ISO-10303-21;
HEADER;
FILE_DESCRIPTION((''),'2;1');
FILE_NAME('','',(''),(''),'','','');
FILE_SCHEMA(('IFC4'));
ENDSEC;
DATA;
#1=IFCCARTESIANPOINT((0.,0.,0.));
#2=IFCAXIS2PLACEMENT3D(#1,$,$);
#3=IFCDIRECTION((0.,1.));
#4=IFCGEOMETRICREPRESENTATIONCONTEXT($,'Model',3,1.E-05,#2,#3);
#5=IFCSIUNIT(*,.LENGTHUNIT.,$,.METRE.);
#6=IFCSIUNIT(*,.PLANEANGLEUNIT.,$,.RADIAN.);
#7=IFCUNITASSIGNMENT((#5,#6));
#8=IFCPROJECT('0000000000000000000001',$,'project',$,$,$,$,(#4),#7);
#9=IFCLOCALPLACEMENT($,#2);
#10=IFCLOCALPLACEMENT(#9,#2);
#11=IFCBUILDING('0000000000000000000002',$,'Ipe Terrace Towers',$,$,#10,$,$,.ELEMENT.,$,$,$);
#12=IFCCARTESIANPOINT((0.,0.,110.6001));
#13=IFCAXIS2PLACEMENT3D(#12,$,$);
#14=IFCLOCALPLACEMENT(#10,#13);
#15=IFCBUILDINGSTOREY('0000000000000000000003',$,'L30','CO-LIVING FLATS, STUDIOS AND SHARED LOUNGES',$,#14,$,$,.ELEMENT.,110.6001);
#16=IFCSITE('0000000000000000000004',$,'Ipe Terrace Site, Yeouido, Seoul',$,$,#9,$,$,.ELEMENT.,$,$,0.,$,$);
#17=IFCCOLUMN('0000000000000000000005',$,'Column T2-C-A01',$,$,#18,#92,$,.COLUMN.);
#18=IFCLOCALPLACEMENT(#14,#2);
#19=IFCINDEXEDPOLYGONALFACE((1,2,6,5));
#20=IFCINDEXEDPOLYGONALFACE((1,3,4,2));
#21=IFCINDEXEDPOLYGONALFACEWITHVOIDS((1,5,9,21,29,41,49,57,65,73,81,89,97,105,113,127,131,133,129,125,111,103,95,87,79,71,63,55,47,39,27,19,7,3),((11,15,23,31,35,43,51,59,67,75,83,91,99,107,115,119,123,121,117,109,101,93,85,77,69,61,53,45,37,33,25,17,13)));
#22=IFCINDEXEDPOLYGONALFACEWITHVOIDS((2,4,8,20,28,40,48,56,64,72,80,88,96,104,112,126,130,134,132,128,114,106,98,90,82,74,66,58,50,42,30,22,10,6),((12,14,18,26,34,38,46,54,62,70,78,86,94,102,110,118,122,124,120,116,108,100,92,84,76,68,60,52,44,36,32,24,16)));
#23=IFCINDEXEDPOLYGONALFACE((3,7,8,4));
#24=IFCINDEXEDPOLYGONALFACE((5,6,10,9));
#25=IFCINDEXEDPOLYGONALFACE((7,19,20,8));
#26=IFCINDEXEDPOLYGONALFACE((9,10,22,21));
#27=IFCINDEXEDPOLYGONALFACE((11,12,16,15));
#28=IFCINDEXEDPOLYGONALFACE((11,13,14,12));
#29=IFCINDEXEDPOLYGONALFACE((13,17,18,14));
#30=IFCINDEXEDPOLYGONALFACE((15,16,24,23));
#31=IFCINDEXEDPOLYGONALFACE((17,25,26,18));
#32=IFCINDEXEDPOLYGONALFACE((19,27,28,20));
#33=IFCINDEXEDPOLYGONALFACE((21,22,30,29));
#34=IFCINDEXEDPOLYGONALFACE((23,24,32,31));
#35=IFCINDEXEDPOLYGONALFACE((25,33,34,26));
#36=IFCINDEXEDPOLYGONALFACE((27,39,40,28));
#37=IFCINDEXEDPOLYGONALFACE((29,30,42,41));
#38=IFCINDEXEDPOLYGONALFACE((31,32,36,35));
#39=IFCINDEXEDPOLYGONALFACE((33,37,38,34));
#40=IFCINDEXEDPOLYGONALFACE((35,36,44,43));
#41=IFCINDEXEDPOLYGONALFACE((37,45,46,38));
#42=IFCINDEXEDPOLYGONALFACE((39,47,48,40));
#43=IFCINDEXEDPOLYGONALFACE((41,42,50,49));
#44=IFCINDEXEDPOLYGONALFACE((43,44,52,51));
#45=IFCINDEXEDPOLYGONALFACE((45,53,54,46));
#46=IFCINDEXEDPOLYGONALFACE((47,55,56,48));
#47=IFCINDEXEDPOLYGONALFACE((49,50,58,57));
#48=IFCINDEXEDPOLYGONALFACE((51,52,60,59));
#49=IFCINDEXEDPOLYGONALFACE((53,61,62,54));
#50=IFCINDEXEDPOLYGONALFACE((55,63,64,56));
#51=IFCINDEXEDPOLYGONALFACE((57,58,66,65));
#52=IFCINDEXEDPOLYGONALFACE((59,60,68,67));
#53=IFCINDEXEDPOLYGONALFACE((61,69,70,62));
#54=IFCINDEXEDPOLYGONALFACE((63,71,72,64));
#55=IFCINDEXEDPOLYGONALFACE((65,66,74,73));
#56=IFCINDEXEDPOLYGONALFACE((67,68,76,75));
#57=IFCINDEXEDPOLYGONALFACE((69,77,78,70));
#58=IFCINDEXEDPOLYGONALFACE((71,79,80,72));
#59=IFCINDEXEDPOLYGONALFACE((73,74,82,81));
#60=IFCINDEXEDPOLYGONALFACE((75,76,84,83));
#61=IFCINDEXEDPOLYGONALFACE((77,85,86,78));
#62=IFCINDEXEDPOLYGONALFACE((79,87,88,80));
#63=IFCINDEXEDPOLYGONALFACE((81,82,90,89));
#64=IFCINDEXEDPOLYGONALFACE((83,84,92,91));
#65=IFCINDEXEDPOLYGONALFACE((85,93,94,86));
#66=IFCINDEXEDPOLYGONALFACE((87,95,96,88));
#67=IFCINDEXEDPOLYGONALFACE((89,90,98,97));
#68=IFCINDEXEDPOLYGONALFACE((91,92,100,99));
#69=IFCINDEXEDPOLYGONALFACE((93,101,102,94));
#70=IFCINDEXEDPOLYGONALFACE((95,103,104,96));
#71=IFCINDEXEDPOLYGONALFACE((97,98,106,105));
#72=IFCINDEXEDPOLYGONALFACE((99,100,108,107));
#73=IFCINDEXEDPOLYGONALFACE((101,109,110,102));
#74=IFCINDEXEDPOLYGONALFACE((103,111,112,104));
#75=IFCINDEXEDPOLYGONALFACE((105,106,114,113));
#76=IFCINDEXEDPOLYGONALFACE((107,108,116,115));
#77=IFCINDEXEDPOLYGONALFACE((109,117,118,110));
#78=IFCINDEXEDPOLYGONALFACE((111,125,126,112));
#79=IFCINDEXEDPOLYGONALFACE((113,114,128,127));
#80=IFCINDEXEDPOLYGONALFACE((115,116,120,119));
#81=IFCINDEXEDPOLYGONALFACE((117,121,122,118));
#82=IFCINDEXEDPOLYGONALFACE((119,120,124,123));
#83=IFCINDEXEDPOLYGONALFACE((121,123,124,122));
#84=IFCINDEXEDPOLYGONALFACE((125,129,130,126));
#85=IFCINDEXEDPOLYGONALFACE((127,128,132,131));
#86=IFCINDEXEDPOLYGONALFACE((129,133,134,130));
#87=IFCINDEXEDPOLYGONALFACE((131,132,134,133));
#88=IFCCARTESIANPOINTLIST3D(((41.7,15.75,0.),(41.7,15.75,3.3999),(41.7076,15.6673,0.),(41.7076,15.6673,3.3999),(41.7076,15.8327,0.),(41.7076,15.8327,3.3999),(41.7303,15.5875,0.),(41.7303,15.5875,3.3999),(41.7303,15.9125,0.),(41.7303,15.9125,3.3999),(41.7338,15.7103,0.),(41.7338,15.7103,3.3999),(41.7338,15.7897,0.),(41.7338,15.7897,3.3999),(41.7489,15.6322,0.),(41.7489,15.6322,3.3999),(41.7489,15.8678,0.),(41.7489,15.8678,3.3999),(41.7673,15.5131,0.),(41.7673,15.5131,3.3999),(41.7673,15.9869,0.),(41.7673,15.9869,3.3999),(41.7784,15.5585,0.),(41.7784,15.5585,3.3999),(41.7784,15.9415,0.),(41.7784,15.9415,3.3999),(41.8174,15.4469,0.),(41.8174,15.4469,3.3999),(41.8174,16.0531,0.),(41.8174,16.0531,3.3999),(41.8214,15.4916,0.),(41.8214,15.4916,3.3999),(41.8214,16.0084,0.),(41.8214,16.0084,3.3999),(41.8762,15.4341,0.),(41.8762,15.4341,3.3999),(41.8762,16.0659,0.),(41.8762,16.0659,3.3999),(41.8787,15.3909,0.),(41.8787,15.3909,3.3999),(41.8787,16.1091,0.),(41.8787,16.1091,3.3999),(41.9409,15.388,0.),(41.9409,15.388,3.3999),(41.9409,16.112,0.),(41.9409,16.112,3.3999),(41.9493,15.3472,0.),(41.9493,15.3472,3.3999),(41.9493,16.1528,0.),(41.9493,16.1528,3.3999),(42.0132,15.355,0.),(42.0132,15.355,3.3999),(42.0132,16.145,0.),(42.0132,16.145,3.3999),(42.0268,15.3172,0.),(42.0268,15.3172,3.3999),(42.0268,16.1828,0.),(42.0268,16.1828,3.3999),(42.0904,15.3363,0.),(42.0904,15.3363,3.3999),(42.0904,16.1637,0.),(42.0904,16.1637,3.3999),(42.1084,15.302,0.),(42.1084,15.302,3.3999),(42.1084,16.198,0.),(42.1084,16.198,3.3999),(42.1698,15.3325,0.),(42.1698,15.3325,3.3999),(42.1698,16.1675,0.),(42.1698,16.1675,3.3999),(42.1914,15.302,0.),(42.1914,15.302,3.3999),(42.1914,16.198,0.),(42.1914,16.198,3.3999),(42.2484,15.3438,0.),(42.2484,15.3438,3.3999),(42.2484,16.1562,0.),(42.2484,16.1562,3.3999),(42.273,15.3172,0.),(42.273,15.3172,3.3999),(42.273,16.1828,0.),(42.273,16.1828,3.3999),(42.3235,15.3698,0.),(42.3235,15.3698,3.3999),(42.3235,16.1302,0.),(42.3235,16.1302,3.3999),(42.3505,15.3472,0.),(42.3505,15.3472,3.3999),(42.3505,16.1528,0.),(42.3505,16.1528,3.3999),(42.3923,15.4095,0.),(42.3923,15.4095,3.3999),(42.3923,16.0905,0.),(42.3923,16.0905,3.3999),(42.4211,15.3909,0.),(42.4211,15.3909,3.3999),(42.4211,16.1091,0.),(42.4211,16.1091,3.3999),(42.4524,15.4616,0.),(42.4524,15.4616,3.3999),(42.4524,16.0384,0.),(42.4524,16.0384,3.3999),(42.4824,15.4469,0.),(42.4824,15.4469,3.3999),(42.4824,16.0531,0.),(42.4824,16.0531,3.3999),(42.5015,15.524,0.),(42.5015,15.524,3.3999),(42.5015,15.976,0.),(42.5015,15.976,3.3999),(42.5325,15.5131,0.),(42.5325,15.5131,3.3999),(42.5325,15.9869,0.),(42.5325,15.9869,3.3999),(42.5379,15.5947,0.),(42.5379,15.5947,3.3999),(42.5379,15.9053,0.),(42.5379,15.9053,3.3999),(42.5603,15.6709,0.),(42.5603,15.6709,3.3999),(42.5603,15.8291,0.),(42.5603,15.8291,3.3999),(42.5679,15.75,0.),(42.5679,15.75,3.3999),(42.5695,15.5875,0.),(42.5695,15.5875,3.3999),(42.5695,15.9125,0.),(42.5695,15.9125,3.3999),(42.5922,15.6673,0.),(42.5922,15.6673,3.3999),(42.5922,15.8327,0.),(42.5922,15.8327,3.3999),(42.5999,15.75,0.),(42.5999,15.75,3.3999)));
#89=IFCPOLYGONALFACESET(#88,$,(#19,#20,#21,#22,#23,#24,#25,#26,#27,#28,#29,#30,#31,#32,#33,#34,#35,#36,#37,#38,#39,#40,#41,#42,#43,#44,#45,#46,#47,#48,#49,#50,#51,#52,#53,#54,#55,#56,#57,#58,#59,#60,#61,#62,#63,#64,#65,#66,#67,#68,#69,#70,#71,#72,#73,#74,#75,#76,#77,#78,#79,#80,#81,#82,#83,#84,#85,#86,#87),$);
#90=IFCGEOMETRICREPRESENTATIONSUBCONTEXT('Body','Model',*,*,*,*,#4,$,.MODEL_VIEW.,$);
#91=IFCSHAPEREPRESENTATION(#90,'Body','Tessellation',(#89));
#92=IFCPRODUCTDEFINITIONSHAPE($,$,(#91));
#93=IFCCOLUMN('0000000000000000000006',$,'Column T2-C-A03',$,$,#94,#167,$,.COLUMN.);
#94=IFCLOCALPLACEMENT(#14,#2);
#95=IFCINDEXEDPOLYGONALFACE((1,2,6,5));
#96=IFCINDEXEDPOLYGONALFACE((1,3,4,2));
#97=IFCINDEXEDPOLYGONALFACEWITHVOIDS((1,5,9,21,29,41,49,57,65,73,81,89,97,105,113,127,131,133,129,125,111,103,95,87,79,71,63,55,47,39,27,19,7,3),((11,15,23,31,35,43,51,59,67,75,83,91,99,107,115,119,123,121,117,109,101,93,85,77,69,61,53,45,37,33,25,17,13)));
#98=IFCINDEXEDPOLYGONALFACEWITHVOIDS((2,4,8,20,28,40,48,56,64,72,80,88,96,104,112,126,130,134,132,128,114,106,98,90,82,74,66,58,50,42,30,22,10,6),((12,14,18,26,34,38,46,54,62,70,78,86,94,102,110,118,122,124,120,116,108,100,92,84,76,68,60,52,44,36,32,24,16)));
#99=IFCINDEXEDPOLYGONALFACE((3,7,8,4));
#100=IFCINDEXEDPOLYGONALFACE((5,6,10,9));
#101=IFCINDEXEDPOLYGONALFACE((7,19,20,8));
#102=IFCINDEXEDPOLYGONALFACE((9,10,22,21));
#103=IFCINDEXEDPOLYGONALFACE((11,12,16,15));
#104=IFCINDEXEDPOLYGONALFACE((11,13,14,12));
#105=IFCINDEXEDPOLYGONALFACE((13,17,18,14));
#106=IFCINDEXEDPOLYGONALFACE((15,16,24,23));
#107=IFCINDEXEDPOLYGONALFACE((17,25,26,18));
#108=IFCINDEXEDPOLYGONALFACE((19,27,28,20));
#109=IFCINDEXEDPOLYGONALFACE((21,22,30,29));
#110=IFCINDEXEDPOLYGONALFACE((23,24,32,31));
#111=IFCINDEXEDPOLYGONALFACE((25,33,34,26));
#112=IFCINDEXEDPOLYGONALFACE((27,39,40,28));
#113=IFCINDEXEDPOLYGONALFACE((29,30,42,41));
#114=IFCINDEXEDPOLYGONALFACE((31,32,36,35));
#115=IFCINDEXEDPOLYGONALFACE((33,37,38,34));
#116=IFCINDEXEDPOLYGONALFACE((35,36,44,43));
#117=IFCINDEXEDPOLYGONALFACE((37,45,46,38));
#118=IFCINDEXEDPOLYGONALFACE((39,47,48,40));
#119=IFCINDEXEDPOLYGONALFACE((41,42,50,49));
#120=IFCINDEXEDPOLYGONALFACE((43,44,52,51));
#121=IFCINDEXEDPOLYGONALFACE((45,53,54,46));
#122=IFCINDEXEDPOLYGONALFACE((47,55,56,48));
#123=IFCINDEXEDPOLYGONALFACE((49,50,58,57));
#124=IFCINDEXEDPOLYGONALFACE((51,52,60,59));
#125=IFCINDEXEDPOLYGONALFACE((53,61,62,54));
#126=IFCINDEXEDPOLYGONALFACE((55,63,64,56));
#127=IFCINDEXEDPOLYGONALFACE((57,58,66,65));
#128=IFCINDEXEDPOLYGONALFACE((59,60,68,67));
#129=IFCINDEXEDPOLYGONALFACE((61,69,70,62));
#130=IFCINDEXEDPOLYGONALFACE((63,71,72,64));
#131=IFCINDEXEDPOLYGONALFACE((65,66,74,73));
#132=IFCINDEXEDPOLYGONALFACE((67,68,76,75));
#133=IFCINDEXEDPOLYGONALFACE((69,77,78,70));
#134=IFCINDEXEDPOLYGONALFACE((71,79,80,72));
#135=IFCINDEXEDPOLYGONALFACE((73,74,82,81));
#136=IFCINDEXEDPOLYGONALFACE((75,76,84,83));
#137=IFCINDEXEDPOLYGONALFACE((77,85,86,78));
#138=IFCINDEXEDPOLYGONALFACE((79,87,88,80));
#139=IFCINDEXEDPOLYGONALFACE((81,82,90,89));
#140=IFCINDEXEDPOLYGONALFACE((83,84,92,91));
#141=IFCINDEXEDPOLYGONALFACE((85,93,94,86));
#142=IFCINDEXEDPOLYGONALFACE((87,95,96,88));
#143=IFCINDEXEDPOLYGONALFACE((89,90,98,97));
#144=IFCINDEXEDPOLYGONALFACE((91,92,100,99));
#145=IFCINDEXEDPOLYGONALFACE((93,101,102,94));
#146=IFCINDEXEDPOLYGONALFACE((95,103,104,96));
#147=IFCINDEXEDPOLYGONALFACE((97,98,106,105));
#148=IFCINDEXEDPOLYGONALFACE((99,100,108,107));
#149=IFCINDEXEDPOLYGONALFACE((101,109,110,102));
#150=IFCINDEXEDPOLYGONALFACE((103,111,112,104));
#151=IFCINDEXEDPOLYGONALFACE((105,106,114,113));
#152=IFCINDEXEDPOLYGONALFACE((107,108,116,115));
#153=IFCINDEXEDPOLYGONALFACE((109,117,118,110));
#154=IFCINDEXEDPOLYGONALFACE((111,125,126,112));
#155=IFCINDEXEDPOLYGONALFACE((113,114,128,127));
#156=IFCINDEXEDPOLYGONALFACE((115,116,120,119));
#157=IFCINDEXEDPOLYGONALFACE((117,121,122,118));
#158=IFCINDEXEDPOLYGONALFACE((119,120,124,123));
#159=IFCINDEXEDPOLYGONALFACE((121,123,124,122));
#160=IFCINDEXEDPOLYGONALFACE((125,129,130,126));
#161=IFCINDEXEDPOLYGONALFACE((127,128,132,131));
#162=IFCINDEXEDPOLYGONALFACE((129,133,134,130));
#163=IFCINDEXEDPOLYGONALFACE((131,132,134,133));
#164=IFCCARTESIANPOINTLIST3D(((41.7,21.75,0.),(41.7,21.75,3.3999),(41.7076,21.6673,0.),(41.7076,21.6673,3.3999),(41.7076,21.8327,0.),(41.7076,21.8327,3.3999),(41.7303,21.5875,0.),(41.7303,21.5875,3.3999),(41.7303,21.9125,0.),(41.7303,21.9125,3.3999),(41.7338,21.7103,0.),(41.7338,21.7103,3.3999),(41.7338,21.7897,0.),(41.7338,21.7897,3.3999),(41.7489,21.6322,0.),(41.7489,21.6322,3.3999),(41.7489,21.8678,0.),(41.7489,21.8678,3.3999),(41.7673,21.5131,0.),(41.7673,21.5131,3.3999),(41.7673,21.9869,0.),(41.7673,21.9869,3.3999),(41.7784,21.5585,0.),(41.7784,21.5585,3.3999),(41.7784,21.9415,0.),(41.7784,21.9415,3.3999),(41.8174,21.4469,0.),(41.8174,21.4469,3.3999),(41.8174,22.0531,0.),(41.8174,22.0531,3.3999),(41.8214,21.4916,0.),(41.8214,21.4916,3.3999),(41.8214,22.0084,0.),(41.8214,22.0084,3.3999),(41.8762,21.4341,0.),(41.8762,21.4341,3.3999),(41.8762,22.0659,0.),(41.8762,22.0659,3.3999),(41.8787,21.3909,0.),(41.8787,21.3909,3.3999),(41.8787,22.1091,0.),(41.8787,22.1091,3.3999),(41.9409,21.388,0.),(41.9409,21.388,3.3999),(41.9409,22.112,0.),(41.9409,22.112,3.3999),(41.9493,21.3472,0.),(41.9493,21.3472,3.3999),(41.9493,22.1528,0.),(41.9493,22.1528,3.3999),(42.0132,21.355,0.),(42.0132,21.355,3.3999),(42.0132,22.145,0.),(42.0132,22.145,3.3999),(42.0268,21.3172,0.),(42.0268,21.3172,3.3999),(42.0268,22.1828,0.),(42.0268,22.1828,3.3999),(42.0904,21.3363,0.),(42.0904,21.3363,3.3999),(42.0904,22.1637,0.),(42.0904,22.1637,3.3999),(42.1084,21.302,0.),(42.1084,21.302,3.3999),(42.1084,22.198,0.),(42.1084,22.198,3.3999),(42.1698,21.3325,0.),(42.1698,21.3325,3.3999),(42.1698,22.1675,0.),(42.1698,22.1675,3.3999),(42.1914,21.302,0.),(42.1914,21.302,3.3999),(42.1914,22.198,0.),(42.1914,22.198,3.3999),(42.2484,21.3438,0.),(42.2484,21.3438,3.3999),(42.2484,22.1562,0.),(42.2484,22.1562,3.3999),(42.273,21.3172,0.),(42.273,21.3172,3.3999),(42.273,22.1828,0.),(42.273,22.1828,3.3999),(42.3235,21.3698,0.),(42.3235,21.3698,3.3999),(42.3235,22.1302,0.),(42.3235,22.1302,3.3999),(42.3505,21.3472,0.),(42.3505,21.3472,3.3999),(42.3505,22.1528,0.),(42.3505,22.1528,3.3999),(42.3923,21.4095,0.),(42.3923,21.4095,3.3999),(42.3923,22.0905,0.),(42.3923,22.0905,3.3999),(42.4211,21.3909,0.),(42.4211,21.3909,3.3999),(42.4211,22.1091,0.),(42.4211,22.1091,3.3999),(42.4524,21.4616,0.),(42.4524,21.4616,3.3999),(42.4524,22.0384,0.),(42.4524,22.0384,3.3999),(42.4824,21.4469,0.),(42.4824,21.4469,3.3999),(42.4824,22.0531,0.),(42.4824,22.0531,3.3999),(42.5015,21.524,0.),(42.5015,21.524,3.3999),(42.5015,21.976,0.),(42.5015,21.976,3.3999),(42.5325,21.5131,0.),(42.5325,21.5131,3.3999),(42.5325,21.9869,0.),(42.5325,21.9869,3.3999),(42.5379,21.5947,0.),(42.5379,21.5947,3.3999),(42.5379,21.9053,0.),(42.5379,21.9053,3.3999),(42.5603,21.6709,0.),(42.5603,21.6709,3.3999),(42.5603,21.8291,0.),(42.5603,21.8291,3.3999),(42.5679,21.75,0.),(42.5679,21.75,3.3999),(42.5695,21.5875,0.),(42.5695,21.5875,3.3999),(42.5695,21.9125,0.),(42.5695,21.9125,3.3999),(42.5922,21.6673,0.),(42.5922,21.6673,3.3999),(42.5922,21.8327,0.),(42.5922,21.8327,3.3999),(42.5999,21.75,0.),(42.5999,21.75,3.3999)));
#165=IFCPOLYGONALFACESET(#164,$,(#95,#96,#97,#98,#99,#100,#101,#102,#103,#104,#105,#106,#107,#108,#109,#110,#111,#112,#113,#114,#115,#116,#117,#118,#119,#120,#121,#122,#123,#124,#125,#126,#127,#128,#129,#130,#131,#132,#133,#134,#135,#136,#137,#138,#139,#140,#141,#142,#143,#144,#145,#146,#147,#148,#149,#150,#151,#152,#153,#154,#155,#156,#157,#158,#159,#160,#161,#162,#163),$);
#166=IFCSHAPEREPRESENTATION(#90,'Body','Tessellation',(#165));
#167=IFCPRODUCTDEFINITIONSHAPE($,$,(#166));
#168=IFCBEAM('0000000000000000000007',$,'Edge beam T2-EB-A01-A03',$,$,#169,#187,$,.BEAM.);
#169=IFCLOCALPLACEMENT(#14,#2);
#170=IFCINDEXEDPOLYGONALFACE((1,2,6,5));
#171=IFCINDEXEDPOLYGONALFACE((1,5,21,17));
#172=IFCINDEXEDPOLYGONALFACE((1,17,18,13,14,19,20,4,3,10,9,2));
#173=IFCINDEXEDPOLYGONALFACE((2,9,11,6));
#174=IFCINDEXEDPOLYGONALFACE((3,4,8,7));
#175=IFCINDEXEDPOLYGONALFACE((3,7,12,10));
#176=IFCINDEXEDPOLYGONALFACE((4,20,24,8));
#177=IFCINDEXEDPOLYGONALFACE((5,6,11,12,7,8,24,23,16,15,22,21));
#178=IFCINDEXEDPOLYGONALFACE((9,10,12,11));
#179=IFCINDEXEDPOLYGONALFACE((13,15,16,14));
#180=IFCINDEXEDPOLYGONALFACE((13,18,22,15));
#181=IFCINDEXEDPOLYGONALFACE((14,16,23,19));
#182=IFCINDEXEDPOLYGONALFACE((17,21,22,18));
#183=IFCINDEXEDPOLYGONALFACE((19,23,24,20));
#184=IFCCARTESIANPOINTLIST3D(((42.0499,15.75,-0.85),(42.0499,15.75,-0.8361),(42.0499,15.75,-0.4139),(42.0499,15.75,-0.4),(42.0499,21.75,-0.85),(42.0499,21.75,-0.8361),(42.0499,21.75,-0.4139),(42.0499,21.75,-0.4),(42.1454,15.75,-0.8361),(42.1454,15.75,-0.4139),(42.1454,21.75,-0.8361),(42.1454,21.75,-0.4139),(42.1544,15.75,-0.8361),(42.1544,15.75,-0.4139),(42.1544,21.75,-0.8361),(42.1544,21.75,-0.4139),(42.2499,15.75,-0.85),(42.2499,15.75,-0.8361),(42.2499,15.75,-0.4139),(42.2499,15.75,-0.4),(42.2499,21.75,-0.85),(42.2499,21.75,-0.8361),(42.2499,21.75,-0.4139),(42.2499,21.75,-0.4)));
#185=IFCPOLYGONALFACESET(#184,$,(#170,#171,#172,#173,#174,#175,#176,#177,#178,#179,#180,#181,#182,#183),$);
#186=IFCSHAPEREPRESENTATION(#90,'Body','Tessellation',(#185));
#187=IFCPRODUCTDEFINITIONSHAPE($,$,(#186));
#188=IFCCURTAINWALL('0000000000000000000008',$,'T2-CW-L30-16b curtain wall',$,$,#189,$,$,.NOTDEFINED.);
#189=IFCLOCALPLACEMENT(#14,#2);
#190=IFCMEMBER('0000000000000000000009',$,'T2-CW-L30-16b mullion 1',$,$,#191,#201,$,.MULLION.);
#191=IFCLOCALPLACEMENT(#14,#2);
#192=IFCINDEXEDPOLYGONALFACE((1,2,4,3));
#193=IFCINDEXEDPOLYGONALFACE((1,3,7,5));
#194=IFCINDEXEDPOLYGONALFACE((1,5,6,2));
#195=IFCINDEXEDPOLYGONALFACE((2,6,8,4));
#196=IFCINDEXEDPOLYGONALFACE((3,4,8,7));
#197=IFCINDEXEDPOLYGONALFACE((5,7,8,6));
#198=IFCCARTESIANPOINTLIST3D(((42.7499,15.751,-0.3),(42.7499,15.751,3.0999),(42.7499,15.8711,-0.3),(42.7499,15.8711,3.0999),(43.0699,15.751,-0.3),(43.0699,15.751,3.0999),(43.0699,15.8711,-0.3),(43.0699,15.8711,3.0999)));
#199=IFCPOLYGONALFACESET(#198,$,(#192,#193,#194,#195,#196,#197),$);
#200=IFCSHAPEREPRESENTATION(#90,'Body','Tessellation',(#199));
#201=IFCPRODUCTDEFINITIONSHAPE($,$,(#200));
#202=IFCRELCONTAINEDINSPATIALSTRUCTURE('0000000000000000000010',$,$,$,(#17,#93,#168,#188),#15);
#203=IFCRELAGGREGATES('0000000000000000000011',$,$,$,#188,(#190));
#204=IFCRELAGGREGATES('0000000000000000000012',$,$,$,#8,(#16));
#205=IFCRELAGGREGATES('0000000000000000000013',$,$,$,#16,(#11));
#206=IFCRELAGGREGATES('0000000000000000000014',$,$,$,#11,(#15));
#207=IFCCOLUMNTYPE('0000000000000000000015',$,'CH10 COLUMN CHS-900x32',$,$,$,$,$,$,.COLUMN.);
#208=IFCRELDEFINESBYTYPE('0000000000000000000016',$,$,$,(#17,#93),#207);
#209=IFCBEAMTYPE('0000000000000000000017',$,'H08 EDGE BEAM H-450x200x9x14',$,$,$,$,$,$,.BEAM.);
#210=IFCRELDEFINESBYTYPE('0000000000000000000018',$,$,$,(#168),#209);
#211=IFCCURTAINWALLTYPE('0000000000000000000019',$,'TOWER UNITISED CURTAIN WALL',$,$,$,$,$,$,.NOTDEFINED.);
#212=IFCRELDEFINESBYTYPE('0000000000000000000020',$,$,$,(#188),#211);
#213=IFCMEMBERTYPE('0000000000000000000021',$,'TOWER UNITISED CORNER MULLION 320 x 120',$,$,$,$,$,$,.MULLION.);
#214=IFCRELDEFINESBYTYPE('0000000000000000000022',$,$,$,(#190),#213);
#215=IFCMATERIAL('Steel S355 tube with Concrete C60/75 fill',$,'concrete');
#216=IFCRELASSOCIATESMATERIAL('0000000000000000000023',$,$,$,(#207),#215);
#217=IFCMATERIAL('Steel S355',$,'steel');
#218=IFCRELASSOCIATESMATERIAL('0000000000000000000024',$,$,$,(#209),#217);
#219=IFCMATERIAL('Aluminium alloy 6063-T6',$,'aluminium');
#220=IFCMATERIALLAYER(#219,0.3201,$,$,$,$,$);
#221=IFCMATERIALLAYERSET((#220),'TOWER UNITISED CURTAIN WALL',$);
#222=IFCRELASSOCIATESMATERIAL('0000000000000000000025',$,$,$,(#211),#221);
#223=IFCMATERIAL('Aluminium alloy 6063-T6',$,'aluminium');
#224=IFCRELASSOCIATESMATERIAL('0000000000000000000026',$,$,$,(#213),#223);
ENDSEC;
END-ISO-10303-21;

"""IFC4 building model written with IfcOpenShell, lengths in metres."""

from ifc_helpers import new_model, si_unit, direction, frame, origin, origin_2d, place, context, subcontext, project, spatial, rectangle, hollow_circle, i_section, extrude, material, layer, layer_set, material_profile, profile_set, type_object, element, aggregate, save


model = new_model("IFC4")

# Units and contexts
model_context = context("Model", 3, precision=1e-05, world=origin(), true_north=direction((0.0, 1.0)))
body_context = subcontext(model_context, "Body", "Model", "MODEL_VIEW")
ifc_project = project(units=[si_unit("LENGTHUNIT", "METRE"), si_unit("PLANEANGLEUNIT", "RADIAN")], contexts=[model_context])

# Site, building, storey
site_placement = place(None, origin())
site = spatial("IfcSite", under=ifc_project, at=site_placement, Name="Ipe Terrace Site, Yeouido, Seoul", CompositionType="ELEMENT", RefElevation=0.0)
building_placement = place(site_placement, origin())
building = spatial("IfcBuilding", under=site, at=building_placement, Name="Ipe Terrace Towers", CompositionType="ELEMENT")
storey_placement = place(building_placement, frame((0.0, 0.0, 110.6001)))
storey = spatial("IfcBuildingStorey", under=building, at=storey_placement, Name="L30", Description="CO-LIVING FLATS, STUDIOS AND SHARED LOUNGES", CompositionType="ELEMENT", Elevation=110.6001)

# Columns
ifc_material_1 = material(Name="Steel S355 tube with Concrete C60/75 fill", Category="concrete")
ifc_material_profile_1 = material_profile(ifc_material_1, hollow_circle(Radius=0.45, WallThickness=0.032, at=origin_2d()), Name="CHS-900x32")
ifc_profile_set_1 = profile_set([ifc_material_profile_1], Name="Steel S355 tube with Concrete C60/75 fill")
column_type = type_object("IfcColumnType", Name="CH10 COLUMN CHS-900x32", PredefinedType="COLUMN", material=ifc_profile_set_1)
for number, where, z_axis, x_axis, name in (
    (1, (42.1499, 15.75, 0.0), (0.0, 0.0, 1.0), (1.0, 0.0, 0.0), "Column T2-C-A01"),
    (2, (42.1499, 21.75, 0.0), (0.0, 0.0, 1.0), (1.0, 0.0, 0.0), "Column T2-C-A03"),
):
    element("IfcColumn", number, at=place(storey_placement, frame(where, z_axis=z_axis, x_axis=x_axis)), inside=storey, type_object=column_type, Name=name, PredefinedType="COLUMN", context=body_context, shape_type="SweptSolid", body=[
        extrude(hollow_circle(Radius=0.45, WallThickness=0.032, at=origin_2d()), origin(), (0.0, 0.0, 1.0), 3.3999),
    ])

# Beam
ifc_material_2 = material(Name="Steel S355", Category="steel")
ifc_material_profile_2 = material_profile(ifc_material_2, i_section(OverallWidth=0.2, OverallDepth=0.45, WebThickness=0.009, FlangeThickness=0.0139, at=origin_2d()), Name="H-450x200x9x14")
ifc_profile_set_2 = profile_set([ifc_material_profile_2], Name="Steel S355")
beam_type = type_object("IfcBeamType", Name="H08 EDGE BEAM H-450x200x9x14", PredefinedType="BEAM", material=ifc_profile_set_2)
beam_placement = place(storey_placement, frame((42.1499, 15.75, -0.625), z_axis=(0.0, 1.0, 0.0), x_axis=(-1.0, 0.0, 0.0)))
element("IfcBeam", 3, at=beam_placement, inside=storey, type_object=beam_type, Name="Edge beam T2-EB-A01-A03", PredefinedType="BEAM", context=body_context, shape_type="SweptSolid", body=[
    extrude(i_section(OverallWidth=0.2, OverallDepth=0.45, WebThickness=0.009, FlangeThickness=0.0139, at=origin_2d()), origin(), (0.0, 0.0, 1.0), 6.0),
])

# Curtain wall, member
ifc_material_3 = material(Name="Aluminium alloy 6063-T6", Category="aluminium")
ifc_layer_1 = layer(ifc_material_3, 0.3201)
ifc_layer_set_1 = layer_set([ifc_layer_1], Name="TOWER UNITISED CURTAIN WALL")
curtain_wall_type = type_object("IfcCurtainWallType", Name="TOWER UNITISED CURTAIN WALL", PredefinedType="NOTDEFINED", material=ifc_layer_set_1)
curtain_wall_1_placement = place(storey_placement, origin())
curtain_wall_1 = element("IfcCurtainWall", 4, at=curtain_wall_1_placement, inside=storey, type_object=curtain_wall_type, Name="T2-CW-L30-16b curtain wall", PredefinedType="NOTDEFINED")
ifc_material_4 = material(Name="Aluminium alloy 6063-T6", Category="aluminium")
ifc_material_profile_3 = material_profile(ifc_material_4, rectangle(XDim=0.3201, YDim=0.1201, at=origin_2d()), Name="TOWER UNITISED CORNER MULLION 320 x 120")
ifc_profile_set_3 = profile_set([ifc_material_profile_3], Name="Aluminium alloy 6063-T6")
member_type_1 = type_object("IfcMemberType", Name="TOWER UNITISED CORNER MULLION 320 x 120", PredefinedType="MULLION", material=ifc_profile_set_3)
member_1_placement = place(storey_placement, frame((42.9099, 15.811, -0.3), z_axis=(0.0, 0.0, 1.0), x_axis=(1.0, 0.0, 0.0)))
member_1 = element("IfcMember", 5, at=member_1_placement, type_object=member_type_1, Name="T2-CW-L30-16b mullion 1", PredefinedType="MULLION", context=body_context, shape_type="SweptSolid", body=[
    extrude(rectangle(XDim=0.3201, YDim=0.1201, at=origin_2d()), origin(), (0.0, 0.0, 1.0), 3.3999),
])

aggregate(curtain_wall_1, [member_1])

save(model, "model.ifc")
